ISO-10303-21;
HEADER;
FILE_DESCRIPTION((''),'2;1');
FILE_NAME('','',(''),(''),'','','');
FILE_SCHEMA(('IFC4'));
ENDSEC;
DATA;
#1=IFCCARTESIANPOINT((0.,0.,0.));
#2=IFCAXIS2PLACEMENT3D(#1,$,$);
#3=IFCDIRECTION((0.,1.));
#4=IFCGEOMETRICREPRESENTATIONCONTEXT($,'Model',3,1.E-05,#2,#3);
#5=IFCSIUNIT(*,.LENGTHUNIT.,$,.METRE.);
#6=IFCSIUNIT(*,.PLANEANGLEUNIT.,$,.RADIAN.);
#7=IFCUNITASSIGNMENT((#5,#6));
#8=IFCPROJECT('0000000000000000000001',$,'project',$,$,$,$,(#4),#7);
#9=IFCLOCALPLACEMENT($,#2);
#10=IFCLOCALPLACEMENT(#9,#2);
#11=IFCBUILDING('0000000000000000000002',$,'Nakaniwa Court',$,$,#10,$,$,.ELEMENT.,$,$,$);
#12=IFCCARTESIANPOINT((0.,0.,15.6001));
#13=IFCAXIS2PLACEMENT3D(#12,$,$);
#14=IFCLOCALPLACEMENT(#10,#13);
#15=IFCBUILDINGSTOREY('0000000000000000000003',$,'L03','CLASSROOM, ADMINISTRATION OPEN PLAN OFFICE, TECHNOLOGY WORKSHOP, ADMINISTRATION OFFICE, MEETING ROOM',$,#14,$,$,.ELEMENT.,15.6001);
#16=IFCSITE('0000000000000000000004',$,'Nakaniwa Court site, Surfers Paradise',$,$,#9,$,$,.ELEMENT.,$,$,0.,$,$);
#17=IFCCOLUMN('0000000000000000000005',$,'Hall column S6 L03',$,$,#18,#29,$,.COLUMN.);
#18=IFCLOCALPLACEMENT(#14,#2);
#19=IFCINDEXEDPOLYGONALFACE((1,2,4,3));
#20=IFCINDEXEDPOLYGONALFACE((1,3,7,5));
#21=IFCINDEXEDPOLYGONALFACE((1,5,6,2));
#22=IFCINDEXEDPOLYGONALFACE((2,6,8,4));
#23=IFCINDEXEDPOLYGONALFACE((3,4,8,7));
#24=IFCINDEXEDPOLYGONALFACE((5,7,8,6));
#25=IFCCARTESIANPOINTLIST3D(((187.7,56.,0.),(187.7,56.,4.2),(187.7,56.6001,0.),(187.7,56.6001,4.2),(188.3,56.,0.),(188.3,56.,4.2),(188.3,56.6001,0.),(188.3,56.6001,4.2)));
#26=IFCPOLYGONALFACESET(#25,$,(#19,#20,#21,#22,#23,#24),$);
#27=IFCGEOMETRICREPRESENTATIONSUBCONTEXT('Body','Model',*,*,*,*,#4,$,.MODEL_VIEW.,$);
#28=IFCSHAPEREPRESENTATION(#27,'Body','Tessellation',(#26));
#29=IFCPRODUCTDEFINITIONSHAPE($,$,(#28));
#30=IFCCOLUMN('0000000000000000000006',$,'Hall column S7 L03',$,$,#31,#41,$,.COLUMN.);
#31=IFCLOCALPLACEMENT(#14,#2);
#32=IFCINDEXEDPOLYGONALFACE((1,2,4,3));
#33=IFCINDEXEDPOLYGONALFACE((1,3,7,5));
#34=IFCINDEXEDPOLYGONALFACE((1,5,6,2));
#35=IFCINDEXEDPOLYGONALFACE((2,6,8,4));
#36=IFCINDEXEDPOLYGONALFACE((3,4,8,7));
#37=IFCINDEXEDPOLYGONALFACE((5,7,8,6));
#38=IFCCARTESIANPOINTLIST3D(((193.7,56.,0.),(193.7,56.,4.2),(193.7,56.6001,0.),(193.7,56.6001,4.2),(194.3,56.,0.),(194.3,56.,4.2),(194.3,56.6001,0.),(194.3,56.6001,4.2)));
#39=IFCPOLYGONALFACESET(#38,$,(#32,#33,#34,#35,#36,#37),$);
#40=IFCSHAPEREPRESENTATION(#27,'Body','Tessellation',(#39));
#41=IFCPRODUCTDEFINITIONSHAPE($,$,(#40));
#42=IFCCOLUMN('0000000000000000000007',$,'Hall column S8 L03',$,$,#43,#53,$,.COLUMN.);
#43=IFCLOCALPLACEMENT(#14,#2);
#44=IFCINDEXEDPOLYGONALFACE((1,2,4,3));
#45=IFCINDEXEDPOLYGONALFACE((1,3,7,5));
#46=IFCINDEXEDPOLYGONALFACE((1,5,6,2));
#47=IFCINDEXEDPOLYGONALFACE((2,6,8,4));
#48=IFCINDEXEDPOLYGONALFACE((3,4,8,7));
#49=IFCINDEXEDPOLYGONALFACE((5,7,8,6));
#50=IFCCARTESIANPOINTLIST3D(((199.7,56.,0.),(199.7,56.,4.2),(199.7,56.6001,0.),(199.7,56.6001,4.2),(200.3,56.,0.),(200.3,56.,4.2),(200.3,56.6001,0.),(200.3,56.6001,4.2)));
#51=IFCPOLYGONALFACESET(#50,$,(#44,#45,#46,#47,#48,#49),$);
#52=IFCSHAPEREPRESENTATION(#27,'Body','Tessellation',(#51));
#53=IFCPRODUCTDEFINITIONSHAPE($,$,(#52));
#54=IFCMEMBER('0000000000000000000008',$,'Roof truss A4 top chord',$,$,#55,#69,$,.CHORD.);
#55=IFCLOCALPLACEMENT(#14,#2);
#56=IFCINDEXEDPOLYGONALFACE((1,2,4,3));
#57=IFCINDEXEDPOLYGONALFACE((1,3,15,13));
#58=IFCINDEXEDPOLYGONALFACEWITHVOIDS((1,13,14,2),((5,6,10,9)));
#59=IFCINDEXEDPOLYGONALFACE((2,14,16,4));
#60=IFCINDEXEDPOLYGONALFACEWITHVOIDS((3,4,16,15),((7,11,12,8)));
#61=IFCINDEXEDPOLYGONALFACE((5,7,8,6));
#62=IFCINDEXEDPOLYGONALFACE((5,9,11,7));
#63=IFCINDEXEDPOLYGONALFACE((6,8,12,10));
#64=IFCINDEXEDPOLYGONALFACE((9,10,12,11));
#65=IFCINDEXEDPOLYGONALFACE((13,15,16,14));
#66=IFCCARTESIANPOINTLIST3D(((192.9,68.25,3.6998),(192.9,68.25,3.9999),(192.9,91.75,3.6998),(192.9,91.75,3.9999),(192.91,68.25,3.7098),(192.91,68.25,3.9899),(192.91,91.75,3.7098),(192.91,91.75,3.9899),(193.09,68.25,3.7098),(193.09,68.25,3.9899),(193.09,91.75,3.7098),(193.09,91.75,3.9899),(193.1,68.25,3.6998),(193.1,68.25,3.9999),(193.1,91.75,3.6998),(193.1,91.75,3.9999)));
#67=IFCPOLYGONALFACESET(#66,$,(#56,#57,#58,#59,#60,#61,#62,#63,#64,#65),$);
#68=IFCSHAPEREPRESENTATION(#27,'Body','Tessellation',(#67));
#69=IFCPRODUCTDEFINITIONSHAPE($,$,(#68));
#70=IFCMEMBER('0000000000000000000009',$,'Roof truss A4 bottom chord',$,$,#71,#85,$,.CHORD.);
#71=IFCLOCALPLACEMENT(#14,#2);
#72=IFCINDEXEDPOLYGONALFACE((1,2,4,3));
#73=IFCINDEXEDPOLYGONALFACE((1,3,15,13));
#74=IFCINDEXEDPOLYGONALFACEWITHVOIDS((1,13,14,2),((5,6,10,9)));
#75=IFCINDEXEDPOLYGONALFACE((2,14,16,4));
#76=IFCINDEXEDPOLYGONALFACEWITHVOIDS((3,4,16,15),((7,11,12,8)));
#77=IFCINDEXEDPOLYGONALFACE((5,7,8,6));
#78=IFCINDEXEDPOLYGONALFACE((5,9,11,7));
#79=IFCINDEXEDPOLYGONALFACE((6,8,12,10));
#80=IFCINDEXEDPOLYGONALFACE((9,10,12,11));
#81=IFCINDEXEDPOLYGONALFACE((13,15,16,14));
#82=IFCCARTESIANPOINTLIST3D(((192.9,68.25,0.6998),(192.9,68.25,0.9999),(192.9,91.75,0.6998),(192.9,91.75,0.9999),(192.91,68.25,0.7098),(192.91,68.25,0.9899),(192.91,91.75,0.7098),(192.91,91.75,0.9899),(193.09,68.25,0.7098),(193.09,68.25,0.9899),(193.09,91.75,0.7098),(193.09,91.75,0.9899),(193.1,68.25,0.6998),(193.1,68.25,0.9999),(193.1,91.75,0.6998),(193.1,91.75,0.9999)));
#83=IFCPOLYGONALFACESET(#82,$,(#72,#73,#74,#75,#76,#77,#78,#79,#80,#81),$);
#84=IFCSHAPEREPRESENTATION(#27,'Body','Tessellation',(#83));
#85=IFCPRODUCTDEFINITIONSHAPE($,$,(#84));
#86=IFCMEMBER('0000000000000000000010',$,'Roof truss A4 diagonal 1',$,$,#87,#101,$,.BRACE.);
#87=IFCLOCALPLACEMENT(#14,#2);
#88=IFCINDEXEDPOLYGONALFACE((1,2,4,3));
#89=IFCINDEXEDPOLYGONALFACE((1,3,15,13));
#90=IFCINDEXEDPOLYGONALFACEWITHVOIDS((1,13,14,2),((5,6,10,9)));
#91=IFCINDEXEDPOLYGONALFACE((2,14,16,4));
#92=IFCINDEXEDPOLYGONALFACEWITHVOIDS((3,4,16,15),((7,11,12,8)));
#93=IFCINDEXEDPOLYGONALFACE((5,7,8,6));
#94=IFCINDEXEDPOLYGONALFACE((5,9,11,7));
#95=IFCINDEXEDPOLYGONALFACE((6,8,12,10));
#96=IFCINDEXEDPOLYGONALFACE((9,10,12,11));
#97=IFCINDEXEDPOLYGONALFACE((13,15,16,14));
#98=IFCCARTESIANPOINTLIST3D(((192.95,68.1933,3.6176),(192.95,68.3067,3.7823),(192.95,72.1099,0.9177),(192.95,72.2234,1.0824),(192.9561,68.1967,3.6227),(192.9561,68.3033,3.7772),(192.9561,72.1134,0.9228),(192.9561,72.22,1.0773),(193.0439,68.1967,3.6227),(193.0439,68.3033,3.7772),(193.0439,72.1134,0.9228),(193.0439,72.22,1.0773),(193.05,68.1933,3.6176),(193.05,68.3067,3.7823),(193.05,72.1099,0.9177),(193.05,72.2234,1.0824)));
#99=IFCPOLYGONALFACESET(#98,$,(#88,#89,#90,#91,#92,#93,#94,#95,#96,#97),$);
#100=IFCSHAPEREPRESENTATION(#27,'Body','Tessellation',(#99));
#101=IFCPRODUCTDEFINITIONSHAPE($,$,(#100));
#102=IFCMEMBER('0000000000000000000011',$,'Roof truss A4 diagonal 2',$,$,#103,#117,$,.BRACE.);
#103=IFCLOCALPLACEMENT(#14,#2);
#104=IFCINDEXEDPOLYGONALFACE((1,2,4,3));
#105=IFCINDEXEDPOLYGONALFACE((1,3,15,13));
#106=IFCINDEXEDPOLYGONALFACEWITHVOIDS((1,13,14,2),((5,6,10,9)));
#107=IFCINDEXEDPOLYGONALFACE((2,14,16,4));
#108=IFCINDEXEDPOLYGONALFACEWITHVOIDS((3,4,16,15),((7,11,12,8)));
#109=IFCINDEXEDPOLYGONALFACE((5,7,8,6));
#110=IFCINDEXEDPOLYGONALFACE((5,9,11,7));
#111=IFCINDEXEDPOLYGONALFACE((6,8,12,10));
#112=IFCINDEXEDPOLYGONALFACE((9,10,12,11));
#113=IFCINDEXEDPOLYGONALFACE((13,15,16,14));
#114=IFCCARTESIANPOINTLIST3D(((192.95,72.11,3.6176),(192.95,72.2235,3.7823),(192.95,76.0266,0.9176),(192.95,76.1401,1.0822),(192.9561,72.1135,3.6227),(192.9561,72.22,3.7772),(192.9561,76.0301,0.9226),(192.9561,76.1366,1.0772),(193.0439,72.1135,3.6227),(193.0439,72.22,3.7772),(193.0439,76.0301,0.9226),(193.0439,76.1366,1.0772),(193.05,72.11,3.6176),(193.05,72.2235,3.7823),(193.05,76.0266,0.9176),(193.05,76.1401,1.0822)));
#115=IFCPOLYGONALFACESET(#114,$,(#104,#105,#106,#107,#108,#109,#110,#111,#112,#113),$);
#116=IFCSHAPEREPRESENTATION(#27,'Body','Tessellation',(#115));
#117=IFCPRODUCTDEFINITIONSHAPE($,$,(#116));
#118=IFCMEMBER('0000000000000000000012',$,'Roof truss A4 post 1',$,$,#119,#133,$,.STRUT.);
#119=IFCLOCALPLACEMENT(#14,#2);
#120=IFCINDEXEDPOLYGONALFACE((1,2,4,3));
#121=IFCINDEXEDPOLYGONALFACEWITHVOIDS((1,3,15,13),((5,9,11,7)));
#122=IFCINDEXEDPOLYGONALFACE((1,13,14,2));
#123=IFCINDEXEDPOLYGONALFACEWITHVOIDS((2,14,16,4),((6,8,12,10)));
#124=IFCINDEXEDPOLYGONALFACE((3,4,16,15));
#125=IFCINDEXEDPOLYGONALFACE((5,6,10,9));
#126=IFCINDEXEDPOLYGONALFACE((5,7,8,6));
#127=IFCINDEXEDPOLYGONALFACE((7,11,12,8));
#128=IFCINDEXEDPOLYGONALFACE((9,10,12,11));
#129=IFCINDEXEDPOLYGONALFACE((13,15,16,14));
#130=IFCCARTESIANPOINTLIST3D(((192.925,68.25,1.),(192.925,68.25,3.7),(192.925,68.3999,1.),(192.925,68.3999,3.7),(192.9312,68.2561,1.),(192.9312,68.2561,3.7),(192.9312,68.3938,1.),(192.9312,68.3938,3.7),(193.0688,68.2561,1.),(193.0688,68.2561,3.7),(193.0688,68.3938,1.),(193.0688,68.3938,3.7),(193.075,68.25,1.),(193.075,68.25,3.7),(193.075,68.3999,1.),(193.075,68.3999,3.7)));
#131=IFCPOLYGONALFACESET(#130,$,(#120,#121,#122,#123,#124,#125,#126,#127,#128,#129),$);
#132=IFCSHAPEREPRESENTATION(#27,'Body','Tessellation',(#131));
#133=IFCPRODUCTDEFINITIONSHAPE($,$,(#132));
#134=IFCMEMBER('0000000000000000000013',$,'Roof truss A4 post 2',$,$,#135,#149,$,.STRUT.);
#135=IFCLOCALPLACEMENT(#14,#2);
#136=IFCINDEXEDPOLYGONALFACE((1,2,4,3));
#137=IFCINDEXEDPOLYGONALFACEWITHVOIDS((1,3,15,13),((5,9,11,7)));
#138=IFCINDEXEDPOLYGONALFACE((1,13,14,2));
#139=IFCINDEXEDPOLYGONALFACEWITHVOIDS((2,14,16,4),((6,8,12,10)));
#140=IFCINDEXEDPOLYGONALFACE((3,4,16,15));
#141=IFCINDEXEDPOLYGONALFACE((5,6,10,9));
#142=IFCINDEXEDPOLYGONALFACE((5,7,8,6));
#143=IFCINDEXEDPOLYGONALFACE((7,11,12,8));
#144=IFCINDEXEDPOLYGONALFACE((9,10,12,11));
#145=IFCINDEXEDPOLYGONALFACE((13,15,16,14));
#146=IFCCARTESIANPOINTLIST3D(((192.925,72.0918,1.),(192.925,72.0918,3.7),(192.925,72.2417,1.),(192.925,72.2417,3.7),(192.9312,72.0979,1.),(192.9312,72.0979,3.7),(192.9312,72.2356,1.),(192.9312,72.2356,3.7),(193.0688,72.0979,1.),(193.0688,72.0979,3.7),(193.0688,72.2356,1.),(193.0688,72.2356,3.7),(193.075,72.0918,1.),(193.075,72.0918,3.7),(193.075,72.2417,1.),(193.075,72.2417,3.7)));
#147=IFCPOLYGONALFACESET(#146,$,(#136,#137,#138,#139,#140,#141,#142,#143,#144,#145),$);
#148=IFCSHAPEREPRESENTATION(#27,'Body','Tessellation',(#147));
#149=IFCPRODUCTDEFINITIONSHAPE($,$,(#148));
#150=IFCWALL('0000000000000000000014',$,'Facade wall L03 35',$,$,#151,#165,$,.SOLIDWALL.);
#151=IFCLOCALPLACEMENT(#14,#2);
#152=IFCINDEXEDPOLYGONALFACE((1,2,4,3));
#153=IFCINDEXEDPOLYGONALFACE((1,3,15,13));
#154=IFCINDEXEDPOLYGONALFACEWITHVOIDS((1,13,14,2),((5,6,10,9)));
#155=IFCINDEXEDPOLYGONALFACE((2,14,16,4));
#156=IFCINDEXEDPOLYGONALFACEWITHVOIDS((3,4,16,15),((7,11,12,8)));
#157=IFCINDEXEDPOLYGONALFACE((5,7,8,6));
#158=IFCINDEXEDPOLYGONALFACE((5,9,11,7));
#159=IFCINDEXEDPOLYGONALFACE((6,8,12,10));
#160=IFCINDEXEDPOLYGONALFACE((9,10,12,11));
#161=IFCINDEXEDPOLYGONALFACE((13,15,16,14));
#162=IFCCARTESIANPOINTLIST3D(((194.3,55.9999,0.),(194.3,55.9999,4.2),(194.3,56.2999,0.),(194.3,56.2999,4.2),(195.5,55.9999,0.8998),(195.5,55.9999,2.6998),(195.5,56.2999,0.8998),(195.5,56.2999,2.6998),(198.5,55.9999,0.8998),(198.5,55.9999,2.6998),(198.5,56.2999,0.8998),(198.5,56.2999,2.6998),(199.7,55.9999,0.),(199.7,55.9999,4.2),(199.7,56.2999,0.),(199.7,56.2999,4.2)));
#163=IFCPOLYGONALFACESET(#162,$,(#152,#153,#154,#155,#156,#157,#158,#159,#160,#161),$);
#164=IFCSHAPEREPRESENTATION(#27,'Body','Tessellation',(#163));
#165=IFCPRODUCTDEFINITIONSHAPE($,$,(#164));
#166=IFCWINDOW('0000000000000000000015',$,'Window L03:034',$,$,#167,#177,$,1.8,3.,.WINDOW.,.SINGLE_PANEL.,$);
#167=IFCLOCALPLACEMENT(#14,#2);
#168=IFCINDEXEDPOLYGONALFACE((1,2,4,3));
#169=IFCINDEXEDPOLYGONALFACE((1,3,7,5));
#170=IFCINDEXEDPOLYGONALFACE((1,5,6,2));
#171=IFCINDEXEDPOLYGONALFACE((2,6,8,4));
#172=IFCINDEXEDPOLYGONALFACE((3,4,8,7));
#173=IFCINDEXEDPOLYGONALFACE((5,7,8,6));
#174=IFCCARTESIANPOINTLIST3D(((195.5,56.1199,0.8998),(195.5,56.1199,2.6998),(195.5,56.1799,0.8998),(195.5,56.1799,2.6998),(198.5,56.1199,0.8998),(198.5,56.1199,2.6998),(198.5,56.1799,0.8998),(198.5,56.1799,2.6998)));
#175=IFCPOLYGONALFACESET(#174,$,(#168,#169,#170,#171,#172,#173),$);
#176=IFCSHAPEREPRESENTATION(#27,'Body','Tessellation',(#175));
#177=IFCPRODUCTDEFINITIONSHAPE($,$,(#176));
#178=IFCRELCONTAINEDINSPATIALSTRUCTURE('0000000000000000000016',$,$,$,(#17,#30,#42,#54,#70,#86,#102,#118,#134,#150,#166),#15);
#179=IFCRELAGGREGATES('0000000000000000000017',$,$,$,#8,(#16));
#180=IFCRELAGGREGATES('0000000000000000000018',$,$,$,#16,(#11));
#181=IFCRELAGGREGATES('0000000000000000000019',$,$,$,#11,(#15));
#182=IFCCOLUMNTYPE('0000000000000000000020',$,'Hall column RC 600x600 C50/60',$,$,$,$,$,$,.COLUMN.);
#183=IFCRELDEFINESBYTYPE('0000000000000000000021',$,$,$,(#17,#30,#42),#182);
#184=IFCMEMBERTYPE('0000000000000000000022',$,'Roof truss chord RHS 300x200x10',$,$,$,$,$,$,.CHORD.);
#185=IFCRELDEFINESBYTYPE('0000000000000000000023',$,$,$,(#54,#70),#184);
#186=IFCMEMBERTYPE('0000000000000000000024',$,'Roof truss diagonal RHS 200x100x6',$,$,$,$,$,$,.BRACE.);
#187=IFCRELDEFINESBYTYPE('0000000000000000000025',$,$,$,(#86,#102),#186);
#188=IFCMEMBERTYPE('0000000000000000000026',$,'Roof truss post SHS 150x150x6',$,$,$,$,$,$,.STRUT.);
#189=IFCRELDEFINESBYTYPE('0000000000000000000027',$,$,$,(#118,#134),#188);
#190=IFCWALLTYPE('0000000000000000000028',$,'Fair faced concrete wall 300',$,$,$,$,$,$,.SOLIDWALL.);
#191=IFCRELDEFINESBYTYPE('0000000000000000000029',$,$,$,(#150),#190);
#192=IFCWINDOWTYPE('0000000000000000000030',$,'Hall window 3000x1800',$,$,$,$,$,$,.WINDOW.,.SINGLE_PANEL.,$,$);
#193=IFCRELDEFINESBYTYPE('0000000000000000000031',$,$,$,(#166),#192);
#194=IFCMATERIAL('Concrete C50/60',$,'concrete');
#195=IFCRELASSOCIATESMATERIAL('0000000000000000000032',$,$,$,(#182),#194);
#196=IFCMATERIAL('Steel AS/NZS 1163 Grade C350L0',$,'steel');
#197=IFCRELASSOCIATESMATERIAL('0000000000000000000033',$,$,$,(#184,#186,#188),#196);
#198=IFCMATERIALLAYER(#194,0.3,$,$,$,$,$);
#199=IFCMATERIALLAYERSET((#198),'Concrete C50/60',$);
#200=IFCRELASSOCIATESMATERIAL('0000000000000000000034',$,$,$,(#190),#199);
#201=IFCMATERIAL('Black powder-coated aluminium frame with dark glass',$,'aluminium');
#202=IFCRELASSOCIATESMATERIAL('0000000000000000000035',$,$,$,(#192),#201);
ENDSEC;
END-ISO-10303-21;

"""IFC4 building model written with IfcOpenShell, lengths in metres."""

from ifc_helpers import new_model, si_unit, direction, frame, frame_2d, origin, origin_2d, place, context, subcontext, project, spatial, rectangle, hollow_rectangle, extrude, material, layer, layer_set, material_profile, profile_set, type_object, element, fill, save


model = new_model("IFC4")

# Units and contexts
model_context = context("Model", 3, precision=1e-05, world=origin(), true_north=direction((0.0, 1.0)))
body_context = subcontext(model_context, "Body", "Model", "MODEL_VIEW")
ifc_project = project(units=[si_unit("LENGTHUNIT", "METRE"), si_unit("PLANEANGLEUNIT", "RADIAN")], contexts=[model_context])

# Site, building, storey
site_placement = place(None, origin())
site = spatial("IfcSite", under=ifc_project, at=site_placement, Name="Nakaniwa Court site, Surfers Paradise", CompositionType="ELEMENT", RefElevation=0.0)
building_placement = place(site_placement, origin())
building = spatial("IfcBuilding", under=site, at=building_placement, Name="Nakaniwa Court", CompositionType="ELEMENT")
storey_placement = place(building_placement, frame((0.0, 0.0, 15.6001)))
storey = spatial("IfcBuildingStorey", under=building, at=storey_placement, Name="L03", Description="CLASSROOM, ADMINISTRATION OPEN PLAN OFFICE, TECHNOLOGY WORKSHOP, ADMINISTRATION OFFICE, MEETING ROOM", CompositionType="ELEMENT", Elevation=15.6001)

# Columns
ifc_material_1 = material(Name="Concrete C50/60", Category="concrete")
ifc_material_profile_1 = material_profile(ifc_material_1, rectangle(XDim=0.6001, YDim=0.6001, at=origin_2d()), Name="RC 600x600")
ifc_profile_set_1 = profile_set([ifc_material_profile_1], Name="Concrete C50/60")
column_type = type_object("IfcColumnType", Name="Hall column RC 600x600 C50/60", PredefinedType="COLUMN", material=ifc_profile_set_1)
for number, where, z_axis, x_axis, name in (
    (1, (188.0, 56.3, 0.0), (0.0, 0.0, 1.0), (1.0, 0.0, 0.0), "Hall column S6 L03"),
    (2, (194.0, 56.3, 0.0), (0.0, 0.0, 1.0), (1.0, 0.0, 0.0), "Hall column S7 L03"),
    (3, (200.0, 56.3, 0.0), (0.0, 0.0, 1.0), (1.0, 0.0, 0.0), "Hall column S8 L03"),
):
    element("IfcColumn", number, at=place(storey_placement, frame(where, z_axis=z_axis, x_axis=x_axis)), inside=storey, type_object=column_type, Name=name, PredefinedType="COLUMN", context=body_context, shape_type="SweptSolid", body=[
        extrude(rectangle(XDim=0.6001, YDim=0.6001, at=origin_2d()), origin(), (0.0, 0.0, 1.0), 4.2),
    ])

# Members
ifc_material_2 = material(Name="Steel AS/NZS 1163 Grade C350L0", Category="steel")
ifc_material_profile_2 = material_profile(ifc_material_2, hollow_rectangle(XDim=0.2, YDim=0.3, WallThickness=0.01, at=origin_2d()), Name="RHS 300x200x10")
ifc_profile_set_2 = profile_set([ifc_material_profile_2], Name="Steel AS/NZS 1163 Grade C350L0")
member_type_1 = type_object("IfcMemberType", Name="Roof truss chord RHS 300x200x10", PredefinedType="CHORD", material=ifc_profile_set_2)
for number, where, z_axis, x_axis, name in (
    (4, (193.0, 68.25, 3.8499), (0.0, 1.0, 0.0), (-1.0, 0.0, 0.0), "Roof truss A4 top chord"),
    (5, (193.0, 68.25, 0.8499), (0.0, 1.0, 0.0), (-1.0, 0.0, 0.0), "Roof truss A4 bottom chord"),
):
    element("IfcMember", number, at=place(storey_placement, frame(where, z_axis=z_axis, x_axis=x_axis)), inside=storey, type_object=member_type_1, Name=name, PredefinedType="CHORD", context=body_context, shape_type="SweptSolid", body=[
        extrude(hollow_rectangle(XDim=0.2, YDim=0.3, WallThickness=0.01, at=origin_2d()), origin(), (0.0, 0.0, 1.0), 23.5),
    ])
ifc_material_profile_3 = material_profile(ifc_material_2, hollow_rectangle(XDim=0.1001, YDim=0.2, WallThickness=0.0061, at=origin_2d()), Name="RHS 200x100x6")
ifc_profile_set_3 = profile_set([ifc_material_profile_3], Name="Steel AS/NZS 1163 Grade C350L0")
member_type_2 = type_object("IfcMemberType", Name="Roof truss diagonal RHS 200x100x6", PredefinedType="BRACE", material=ifc_profile_set_3)
for number, where, z_axis, x_axis, name in (
    (6, (193.0, 68.25, 3.7), (0.0, 0.823336, -0.567554), (-1.0, 0.0, 0.0), "Roof truss A4 diagonal 1"),
    (7, (193.0, 72.1667, 3.7), (0.0, 0.823319, -0.567578), (-1.0, 0.0, 0.0), "Roof truss A4 diagonal 2"),
):
    element("IfcMember", number, at=place(storey_placement, frame(where, z_axis=z_axis, x_axis=x_axis)), inside=storey, type_object=member_type_2, Name=name, PredefinedType="BRACE", context=body_context, shape_type="SweptSolid", body=[
        extrude(hollow_rectangle(XDim=0.1001, YDim=0.2, WallThickness=0.0061, at=origin_2d()), origin(), (0.0, 0.0, 1.0), 4.7571),
    ])
ifc_material_profile_4 = material_profile(ifc_material_2, hollow_rectangle(XDim=0.1499, YDim=0.1499, WallThickness=0.0061, at=origin_2d()), Name="SHS 150x150x6")
ifc_profile_set_4 = profile_set([ifc_material_profile_4], Name="Steel AS/NZS 1163 Grade C350L0")
member_type_3 = type_object("IfcMemberType", Name="Roof truss post SHS 150x150x6", PredefinedType="STRUT", material=ifc_profile_set_4)
for number, where, z_axis, x_axis, name in (
    (8, (193.0, 68.325, 1.0), (0.0, 0.0, 1.0), (1.0, 0.0, 0.0), "Roof truss A4 post 1"),
    (9, (193.0, 72.1667, 1.0), (0.0, 0.0, 1.0), (1.0, 0.0, 0.0), "Roof truss A4 post 2"),
):
    element("IfcMember", number, at=place(storey_placement, frame(where, z_axis=z_axis, x_axis=x_axis)), inside=storey, type_object=member_type_3, Name=name, PredefinedType="STRUT", context=body_context, shape_type="SweptSolid", body=[
        extrude(hollow_rectangle(XDim=0.1499, YDim=0.1499, WallThickness=0.0061, at=origin_2d()), origin(), (0.0, 0.0, 1.0), 2.7),
    ])

# Wall, opening, window
ifc_layer_1 = layer(ifc_material_1, 0.3)
ifc_layer_set_1 = layer_set([ifc_layer_1], Name="Concrete C50/60")
wall_type_1 = type_object("IfcWallType", Name="Fair faced concrete wall 300", PredefinedType="SOLIDWALL", material=ifc_layer_set_1)
wall_1_placement = place(storey_placement, frame((199.7, 56.1499, 0.0), z_axis=(0.0, 0.0, 1.0), x_axis=(-1.0, 0.0, 0.0)))
wall_1 = element("IfcWall", 10, at=wall_1_placement, inside=storey, type_object=wall_type_1, Name="Facade wall L03 35", PredefinedType="SOLIDWALL", context=body_context, shape_type="SweptSolid", body=[
    extrude(rectangle(XDim=5.3999, YDim=0.3, at=frame_2d((2.7, 0.0))), origin(), (0.0, 0.0, 1.0), 4.2),
])
opening_1_placement = place(wall_1_placement, frame((1.2, 0.0, 0.8999)))
opening_1 = element("IfcOpeningElement", 11, at=opening_1_placement, cuts=wall_1, PredefinedType="OPENING", context=body_context, shape_type="SweptSolid", body=[
    extrude(rectangle(XDim=3.0, YDim=1.8, at=frame_2d((1.5, 0.8999))), frame((0.0, 0.1599, 0.0), z_axis=(0.0, -1.0, 0.0), x_axis=(1.0, 0.0, 0.0)), (0.0, 0.0, 1.0), 0.3201),
])
ifc_material_3 = material(Name="Black powder-coated aluminium frame with dark glass", Category="aluminium")
window_type = type_object("IfcWindowType", Name="Hall window 3000x1800", PartitioningType="SINGLE_PANEL", PredefinedType="WINDOW", material=ifc_material_3)
window_1_placement = place(opening_1_placement, origin())
window_1 = element("IfcWindow", 12, at=window_1_placement, inside=storey, type_object=window_type, Name="Window L03:034", OverallHeight=1.8, OverallWidth=3.0, PartitioningType="SINGLE_PANEL", PredefinedType="WINDOW", context=body_context, shape_type="SweptSolid", body=[
    extrude(rectangle(XDim=3.0, YDim=1.8, at=frame_2d((1.5, 0.8999))), frame((0.0, 0.03, 0.0), z_axis=(0.0, -1.0, 0.0), x_axis=(1.0, 0.0, 0.0)), (0.0, 0.0, 1.0), 0.0601),
])
fill(opening_1, window_1)

save(model, "model.ifc")
